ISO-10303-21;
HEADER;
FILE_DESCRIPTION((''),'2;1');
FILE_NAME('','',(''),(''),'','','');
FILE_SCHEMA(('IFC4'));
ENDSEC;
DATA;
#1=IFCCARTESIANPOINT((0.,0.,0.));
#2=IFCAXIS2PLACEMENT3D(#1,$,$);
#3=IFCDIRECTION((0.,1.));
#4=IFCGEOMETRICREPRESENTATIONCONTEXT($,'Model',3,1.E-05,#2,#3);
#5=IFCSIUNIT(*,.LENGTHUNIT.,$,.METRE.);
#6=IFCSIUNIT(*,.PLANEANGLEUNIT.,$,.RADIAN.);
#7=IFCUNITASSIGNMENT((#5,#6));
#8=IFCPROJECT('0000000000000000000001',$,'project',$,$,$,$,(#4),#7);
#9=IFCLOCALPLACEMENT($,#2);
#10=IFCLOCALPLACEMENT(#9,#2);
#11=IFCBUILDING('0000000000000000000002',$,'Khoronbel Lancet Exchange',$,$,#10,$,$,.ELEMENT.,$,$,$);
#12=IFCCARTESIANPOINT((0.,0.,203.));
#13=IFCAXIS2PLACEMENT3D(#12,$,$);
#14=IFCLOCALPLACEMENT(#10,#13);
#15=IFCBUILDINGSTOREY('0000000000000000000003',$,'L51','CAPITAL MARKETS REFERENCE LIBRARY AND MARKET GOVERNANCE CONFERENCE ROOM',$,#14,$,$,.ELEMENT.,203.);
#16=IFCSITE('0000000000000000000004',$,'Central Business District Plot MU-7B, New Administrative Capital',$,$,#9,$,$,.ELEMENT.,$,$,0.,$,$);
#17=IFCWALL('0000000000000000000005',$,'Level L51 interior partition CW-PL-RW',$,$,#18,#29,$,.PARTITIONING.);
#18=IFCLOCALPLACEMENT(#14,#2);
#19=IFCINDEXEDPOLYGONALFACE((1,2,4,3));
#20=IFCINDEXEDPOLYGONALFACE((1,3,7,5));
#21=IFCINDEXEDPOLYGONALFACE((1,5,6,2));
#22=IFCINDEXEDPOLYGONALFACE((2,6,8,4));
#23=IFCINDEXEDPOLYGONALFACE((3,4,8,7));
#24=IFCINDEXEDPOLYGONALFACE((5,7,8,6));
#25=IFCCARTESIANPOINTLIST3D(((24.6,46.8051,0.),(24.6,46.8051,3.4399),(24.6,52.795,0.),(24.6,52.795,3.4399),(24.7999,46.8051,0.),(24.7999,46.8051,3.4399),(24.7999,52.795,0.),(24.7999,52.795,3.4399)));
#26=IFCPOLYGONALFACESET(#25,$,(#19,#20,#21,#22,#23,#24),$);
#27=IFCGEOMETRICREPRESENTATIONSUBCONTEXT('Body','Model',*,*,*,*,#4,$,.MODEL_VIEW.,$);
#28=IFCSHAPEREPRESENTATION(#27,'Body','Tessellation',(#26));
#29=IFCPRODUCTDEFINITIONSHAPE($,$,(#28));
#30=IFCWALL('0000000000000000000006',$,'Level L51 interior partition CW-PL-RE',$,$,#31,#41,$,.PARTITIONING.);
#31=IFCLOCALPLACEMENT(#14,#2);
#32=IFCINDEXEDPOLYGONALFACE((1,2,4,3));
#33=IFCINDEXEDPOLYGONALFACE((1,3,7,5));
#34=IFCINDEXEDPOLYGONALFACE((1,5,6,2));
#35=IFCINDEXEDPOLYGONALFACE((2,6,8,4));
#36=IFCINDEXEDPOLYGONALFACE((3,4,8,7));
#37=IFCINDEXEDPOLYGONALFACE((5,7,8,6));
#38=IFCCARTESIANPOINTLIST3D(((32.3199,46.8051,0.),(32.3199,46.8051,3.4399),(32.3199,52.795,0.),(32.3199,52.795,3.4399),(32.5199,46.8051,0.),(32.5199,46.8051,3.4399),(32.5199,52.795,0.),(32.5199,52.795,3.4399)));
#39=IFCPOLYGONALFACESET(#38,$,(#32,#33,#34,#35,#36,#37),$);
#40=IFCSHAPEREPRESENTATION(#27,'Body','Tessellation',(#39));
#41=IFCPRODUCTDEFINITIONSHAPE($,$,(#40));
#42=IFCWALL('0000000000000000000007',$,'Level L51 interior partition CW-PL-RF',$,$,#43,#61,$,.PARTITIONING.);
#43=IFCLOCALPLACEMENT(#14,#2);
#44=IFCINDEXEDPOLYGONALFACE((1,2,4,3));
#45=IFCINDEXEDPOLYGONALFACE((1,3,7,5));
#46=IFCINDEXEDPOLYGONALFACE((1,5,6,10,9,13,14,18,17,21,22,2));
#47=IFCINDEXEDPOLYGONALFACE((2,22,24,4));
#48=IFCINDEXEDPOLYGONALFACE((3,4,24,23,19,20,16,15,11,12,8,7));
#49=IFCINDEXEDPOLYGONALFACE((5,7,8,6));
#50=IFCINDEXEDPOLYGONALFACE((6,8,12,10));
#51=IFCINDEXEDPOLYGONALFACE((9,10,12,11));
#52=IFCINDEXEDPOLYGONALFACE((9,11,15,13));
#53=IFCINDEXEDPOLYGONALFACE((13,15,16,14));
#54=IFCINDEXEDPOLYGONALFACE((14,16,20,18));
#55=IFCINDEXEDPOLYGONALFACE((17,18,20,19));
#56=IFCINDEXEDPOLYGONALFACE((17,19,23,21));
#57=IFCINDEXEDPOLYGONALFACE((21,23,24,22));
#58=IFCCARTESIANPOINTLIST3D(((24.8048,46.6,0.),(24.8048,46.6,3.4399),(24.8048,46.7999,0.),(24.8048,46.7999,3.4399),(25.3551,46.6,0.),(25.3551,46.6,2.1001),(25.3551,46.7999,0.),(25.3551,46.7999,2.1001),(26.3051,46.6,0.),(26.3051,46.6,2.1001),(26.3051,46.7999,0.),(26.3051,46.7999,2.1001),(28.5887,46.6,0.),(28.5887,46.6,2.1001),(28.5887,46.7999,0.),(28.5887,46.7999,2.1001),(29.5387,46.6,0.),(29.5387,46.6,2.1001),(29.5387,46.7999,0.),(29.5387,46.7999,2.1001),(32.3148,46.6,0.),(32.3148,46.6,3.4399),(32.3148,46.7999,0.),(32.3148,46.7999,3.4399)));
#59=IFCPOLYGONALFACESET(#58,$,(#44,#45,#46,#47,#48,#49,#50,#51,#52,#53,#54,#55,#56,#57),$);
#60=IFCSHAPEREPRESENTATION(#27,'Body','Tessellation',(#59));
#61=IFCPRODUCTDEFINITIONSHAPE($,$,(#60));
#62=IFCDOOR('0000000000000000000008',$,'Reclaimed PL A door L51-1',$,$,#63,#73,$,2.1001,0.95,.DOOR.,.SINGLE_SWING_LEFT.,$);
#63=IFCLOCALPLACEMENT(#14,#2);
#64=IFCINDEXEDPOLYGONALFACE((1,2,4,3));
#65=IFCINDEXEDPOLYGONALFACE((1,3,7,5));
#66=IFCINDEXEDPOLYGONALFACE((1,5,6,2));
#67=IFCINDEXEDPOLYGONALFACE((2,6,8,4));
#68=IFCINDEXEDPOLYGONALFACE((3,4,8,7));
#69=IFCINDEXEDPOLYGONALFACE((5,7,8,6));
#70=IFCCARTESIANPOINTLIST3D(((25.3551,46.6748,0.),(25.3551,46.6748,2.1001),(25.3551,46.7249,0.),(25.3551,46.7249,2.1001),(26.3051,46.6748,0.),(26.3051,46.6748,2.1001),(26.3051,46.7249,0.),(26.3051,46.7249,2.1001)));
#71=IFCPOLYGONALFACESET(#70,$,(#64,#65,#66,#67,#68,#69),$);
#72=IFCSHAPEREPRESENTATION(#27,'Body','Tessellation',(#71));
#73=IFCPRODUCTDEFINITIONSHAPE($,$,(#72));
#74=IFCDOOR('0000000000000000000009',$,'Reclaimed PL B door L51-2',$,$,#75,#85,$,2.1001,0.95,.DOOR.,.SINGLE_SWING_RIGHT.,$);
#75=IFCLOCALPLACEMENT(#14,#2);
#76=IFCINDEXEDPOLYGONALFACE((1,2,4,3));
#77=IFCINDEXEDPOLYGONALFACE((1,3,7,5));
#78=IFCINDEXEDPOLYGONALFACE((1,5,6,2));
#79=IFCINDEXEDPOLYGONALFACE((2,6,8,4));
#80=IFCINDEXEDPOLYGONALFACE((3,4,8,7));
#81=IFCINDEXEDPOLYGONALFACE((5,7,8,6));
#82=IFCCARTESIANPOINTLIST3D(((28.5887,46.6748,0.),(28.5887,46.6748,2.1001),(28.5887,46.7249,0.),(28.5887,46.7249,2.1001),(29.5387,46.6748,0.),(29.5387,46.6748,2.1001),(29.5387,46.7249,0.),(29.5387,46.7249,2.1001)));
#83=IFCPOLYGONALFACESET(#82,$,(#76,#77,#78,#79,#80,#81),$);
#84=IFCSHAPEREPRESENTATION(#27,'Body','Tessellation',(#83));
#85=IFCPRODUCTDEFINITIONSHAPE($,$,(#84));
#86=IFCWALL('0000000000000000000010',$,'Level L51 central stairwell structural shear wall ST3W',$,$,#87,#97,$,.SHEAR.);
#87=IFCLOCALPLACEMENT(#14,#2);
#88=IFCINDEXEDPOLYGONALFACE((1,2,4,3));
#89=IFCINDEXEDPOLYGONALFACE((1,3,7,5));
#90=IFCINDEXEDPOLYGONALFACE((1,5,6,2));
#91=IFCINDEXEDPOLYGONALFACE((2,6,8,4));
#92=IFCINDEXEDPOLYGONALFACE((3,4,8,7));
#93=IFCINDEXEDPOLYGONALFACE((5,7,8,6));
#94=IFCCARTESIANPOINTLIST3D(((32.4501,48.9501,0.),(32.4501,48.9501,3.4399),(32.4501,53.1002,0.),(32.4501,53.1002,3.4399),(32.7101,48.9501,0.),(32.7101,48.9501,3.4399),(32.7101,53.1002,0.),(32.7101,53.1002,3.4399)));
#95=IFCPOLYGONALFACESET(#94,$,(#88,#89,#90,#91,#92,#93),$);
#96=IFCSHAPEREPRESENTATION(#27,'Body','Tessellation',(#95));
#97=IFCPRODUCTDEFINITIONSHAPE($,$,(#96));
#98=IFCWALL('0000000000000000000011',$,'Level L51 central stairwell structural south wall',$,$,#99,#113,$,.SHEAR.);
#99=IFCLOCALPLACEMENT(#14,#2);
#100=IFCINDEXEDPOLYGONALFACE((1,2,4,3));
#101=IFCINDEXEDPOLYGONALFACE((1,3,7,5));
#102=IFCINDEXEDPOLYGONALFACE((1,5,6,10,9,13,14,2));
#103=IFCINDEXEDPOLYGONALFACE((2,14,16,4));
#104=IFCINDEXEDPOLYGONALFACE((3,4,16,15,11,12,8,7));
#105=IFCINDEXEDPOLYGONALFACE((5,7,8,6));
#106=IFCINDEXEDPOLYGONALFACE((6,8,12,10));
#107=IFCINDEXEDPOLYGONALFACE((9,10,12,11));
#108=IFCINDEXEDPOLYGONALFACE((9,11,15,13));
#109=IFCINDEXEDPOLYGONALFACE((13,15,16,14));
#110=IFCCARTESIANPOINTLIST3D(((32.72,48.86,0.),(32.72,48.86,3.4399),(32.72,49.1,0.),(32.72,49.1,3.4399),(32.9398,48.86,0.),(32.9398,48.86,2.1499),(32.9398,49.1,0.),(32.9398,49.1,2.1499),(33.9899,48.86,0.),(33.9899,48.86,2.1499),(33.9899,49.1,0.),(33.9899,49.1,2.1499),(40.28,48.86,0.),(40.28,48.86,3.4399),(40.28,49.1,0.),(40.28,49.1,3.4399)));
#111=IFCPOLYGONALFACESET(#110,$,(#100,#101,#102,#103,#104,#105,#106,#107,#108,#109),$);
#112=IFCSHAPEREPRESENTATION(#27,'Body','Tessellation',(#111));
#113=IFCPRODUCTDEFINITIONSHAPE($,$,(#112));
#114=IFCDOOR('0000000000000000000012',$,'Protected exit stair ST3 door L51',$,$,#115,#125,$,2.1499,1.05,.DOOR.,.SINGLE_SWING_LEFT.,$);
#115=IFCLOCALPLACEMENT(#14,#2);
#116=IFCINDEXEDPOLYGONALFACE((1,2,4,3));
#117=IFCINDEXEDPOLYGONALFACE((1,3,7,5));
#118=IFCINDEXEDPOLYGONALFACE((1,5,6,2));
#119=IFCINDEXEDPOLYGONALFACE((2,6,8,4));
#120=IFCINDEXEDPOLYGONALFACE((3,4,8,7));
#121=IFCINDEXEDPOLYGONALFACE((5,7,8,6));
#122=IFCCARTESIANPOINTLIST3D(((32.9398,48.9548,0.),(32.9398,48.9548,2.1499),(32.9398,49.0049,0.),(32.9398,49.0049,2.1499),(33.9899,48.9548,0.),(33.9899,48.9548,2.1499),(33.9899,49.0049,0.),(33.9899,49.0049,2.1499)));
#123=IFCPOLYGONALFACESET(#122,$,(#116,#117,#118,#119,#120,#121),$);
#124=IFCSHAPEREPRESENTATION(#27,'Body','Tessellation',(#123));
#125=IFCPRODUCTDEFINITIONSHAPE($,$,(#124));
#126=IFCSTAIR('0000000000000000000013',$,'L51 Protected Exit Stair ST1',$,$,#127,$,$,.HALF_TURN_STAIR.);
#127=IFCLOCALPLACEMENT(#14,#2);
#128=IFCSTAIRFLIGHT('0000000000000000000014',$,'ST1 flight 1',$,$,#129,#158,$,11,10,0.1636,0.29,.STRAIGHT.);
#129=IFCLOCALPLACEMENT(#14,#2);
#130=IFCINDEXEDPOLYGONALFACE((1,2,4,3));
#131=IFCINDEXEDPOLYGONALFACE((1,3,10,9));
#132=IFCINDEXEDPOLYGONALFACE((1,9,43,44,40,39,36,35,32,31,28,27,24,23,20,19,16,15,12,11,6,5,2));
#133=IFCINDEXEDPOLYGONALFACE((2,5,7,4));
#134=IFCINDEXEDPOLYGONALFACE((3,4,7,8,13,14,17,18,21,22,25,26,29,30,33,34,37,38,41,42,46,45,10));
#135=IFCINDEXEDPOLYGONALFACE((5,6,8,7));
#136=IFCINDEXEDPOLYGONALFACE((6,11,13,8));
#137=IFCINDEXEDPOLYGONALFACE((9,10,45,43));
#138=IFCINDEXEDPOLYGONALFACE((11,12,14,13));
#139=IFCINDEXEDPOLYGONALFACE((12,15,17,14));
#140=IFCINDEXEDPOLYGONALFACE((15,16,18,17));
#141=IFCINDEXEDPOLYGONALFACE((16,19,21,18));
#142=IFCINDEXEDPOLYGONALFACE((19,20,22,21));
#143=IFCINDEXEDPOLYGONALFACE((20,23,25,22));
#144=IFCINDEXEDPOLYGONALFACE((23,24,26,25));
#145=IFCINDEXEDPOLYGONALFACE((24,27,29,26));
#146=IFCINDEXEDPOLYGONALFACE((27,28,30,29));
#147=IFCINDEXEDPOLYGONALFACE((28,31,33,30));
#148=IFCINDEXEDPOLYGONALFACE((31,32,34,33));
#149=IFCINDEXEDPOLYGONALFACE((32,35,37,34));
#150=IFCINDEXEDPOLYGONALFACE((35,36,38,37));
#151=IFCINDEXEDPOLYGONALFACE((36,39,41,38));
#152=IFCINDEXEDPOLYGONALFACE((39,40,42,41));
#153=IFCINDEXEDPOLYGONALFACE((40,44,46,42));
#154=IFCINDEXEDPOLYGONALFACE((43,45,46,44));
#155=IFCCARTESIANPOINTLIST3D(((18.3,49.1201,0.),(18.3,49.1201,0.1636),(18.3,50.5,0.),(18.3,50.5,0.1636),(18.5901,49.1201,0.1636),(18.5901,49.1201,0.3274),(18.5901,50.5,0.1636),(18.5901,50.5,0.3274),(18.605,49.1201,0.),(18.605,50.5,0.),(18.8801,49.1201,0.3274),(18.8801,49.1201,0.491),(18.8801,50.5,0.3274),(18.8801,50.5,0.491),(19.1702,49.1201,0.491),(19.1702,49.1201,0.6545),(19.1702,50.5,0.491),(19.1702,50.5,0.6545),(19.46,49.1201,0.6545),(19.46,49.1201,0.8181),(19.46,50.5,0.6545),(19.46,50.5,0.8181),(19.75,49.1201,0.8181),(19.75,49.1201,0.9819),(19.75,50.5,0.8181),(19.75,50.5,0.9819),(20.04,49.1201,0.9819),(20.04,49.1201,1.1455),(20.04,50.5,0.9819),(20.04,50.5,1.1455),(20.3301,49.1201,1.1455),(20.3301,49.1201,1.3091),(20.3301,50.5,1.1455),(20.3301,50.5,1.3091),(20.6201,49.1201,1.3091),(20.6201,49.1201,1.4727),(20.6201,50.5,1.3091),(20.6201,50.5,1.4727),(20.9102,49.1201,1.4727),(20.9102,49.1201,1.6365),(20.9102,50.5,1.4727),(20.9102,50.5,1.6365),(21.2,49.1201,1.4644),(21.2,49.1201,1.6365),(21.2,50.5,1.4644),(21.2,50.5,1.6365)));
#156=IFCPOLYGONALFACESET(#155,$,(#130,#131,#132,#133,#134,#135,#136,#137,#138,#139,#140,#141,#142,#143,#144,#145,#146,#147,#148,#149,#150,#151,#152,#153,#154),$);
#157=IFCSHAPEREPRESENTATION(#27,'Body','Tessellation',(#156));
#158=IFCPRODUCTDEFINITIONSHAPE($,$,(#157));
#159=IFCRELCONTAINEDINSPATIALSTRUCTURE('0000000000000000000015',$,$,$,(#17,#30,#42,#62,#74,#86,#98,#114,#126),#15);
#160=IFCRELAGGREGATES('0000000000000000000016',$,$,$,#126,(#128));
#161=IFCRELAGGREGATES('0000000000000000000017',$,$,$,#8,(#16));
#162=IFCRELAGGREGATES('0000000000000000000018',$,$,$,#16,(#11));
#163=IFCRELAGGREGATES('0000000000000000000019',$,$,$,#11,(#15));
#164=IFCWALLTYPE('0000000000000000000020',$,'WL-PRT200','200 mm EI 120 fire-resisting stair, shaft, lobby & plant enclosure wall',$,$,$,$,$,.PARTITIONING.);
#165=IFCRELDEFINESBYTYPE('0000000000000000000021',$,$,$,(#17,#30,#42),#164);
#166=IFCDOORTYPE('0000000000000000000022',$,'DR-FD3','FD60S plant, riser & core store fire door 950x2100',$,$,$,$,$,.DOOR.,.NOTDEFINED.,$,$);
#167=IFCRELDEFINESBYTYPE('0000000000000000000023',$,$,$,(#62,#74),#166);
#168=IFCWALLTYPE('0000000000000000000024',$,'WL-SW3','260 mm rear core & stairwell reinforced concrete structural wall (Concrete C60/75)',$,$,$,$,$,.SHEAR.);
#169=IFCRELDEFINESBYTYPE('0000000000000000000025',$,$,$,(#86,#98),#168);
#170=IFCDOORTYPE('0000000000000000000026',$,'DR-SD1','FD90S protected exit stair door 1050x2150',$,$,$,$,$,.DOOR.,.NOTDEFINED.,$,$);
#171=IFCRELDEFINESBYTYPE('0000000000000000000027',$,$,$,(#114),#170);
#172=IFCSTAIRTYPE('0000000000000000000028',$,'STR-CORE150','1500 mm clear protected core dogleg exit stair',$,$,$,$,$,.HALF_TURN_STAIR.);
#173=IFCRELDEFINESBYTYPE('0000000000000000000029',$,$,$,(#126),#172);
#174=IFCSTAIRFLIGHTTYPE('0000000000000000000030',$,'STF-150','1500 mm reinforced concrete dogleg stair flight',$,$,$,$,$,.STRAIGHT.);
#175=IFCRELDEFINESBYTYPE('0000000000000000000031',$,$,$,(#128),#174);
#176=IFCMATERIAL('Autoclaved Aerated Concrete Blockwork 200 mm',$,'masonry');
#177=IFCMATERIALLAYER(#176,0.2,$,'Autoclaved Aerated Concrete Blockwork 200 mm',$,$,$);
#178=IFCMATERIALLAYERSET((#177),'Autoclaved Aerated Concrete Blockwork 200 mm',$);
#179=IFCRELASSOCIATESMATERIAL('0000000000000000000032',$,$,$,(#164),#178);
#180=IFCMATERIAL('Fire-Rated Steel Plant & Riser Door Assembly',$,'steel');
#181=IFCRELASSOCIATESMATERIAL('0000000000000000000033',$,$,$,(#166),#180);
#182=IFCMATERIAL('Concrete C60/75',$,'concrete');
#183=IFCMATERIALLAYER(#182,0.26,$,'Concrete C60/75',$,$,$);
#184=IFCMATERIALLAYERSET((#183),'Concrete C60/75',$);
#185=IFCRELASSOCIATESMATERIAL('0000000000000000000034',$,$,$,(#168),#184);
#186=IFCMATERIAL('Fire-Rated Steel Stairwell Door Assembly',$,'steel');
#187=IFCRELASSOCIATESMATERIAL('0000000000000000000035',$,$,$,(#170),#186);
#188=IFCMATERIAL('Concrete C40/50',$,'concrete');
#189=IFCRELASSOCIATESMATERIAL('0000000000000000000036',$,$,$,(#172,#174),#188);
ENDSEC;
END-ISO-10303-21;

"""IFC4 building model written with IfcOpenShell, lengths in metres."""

from ifc_helpers import new_model, si_unit, direction, frame, frame_2d, origin, place, context, subcontext, project, spatial, polyline, rectangle, outline, extrude, material, layer, layer_set, type_object, element, fill, aggregate, save


model = new_model("IFC4")

# Units and contexts
model_context = context("Model", 3, precision=1e-05, world=origin(), true_north=direction((0.0, 1.0)))
body_context = subcontext(model_context, "Body", "Model", "MODEL_VIEW")
ifc_project = project(units=[si_unit("LENGTHUNIT", "METRE"), si_unit("PLANEANGLEUNIT", "RADIAN")], contexts=[model_context])

# Site, building, storey
site_placement = place(None, origin())
site = spatial("IfcSite", under=ifc_project, at=site_placement, Name="Central Business District Plot MU-7B, New Administrative Capital", CompositionType="ELEMENT", RefElevation=0.0)
building_placement = place(site_placement, origin())
building = spatial("IfcBuilding", under=site, at=building_placement, Name="Khoronbel Lancet Exchange", CompositionType="ELEMENT")
storey_placement = place(building_placement, frame((0.0, 0.0, 203.0)))
storey = spatial("IfcBuildingStorey", under=building, at=storey_placement, Name="L51", Description="CAPITAL MARKETS REFERENCE LIBRARY AND MARKET GOVERNANCE CONFERENCE ROOM", CompositionType="ELEMENT", Elevation=203.0)

# Shared definitions
ifc_material_1 = material(Name="Autoclaved Aerated Concrete Blockwork 200 mm", Category="masonry")
ifc_layer_1 = layer(ifc_material_1, 0.2, Name="Autoclaved Aerated Concrete Blockwork 200 mm")
ifc_layer_set_1 = layer_set([ifc_layer_1], Name="Autoclaved Aerated Concrete Blockwork 200 mm")
wall_type_1 = type_object("IfcWallType", Name="WL-PRT200", Description="200 mm EI 120 fire-resisting stair, shaft, lobby & plant enclosure wall", PredefinedType="PARTITIONING", material=ifc_layer_set_1)

# Walls
for number, where, z_axis, x_axis, name in (
    (1, (24.7, 46.8049, 0.0), (0.0, 0.0, 1.0), (0.0, 1.0, 0.0), "Level L51 interior partition CW-PL-RW"),
    (2, (32.4199, 46.8049, 0.0), (0.0, 0.0, 1.0), (0.0, 1.0, 0.0), "Level L51 interior partition CW-PL-RE"),
):
    element("IfcWall", number, at=place(storey_placement, frame(where, z_axis=z_axis, x_axis=x_axis)), inside=storey, type_object=wall_type_1, Name=name, PredefinedType="PARTITIONING", context=body_context, shape_type="SweptSolid", body=[
        extrude(rectangle(XDim=5.99, YDim=0.2, at=frame_2d((2.9951, 0.0))), origin(), (0.0, 0.0, 1.0), 3.4399),
    ])

# Wall, openings, doors
wall_1_placement = place(storey_placement, frame((24.8049, 46.7, 0.0), z_axis=(0.0, 0.0, 1.0), x_axis=(1.0, 0.0, 0.0)))
wall_1 = element("IfcWall", 3, at=wall_1_placement, inside=storey, type_object=wall_type_1, Name="Level L51 interior partition CW-PL-RF", PredefinedType="PARTITIONING", context=body_context, shape_type="SweptSolid", body=[
    extrude(rectangle(XDim=7.51, YDim=0.2, at=frame_2d((3.7549, 0.0))), origin(), (0.0, 0.0, 1.0), 3.4399),
])
opening_1_placement = place(wall_1_placement, frame((0.55, 0.0, 0.0)))
opening_1 = element("IfcOpeningElement", 4, at=opening_1_placement, cuts=wall_1, PredefinedType="OPENING", context=body_context, shape_type="SweptSolid", body=[
    extrude(rectangle(XDim=0.95, YDim=2.1001, at=frame_2d((0.4751, 1.05))), frame((0.0, 0.1099, 0.0), z_axis=(0.0, -1.0, 0.0), x_axis=(1.0, 0.0, 0.0)), (0.0, 0.0, 1.0), 0.22),
])
opening_2_placement = place(wall_1_placement, frame((3.7837, 0.0, 0.0)))
opening_2 = element("IfcOpeningElement", 5, at=opening_2_placement, cuts=wall_1, PredefinedType="OPENING", context=body_context, shape_type="SweptSolid", body=[
    extrude(rectangle(XDim=0.95, YDim=2.1001, at=frame_2d((0.4751, 1.05))), frame((0.0, 0.1099, 0.0), z_axis=(0.0, -1.0, 0.0), x_axis=(1.0, 0.0, 0.0)), (0.0, 0.0, 1.0), 0.22),
])
ifc_material_2 = material(Name="Fire-Rated Steel Plant & Riser Door Assembly", Category="steel")
door_type_1 = type_object("IfcDoorType", Name="DR-FD3", Description="FD60S plant, riser & core store fire door 950x2100", OperationType="NOTDEFINED", PredefinedType="DOOR", material=ifc_material_2)
door_1_placement = place(opening_1_placement, origin())
door_1 = element("IfcDoor", 6, at=door_1_placement, inside=storey, type_object=door_type_1, Name="Reclaimed PL A door L51-1", OperationType="SINGLE_SWING_LEFT", OverallHeight=2.1001, OverallWidth=0.95, PredefinedType="DOOR", context=body_context, shape_type="SweptSolid", body=[
    extrude(rectangle(XDim=0.95, YDim=2.1001, at=frame_2d((0.4751, 1.05))), frame((0.0, 0.0249, 0.0), z_axis=(0.0, -1.0, 0.0), x_axis=(1.0, 0.0, 0.0)), (0.0, 0.0, 1.0), 0.05),
])
fill(opening_1, door_1)
door_2_placement = place(opening_2_placement, origin())
door_2 = element("IfcDoor", 7, at=door_2_placement, inside=storey, type_object=door_type_1, Name="Reclaimed PL B door L51-2", OperationType="SINGLE_SWING_RIGHT", OverallHeight=2.1001, OverallWidth=0.95, PredefinedType="DOOR", context=body_context, shape_type="SweptSolid", body=[
    extrude(rectangle(XDim=0.95, YDim=2.1001, at=frame_2d((0.4751, 1.05))), frame((0.0, 0.0249, 0.0), z_axis=(0.0, -1.0, 0.0), x_axis=(1.0, 0.0, 0.0)), (0.0, 0.0, 1.0), 0.05),
])
fill(opening_2, door_2)

# Wall
ifc_material_3 = material(Name="Concrete C60/75", Category="concrete")
ifc_layer_2 = layer(ifc_material_3, 0.26, Name="Concrete C60/75")
ifc_layer_set_2 = layer_set([ifc_layer_2], Name="Concrete C60/75")
wall_type_2 = type_object("IfcWallType", Name="WL-SW3", Description="260 mm rear core & stairwell reinforced concrete structural wall (Concrete C60/75)", PredefinedType="SHEAR", material=ifc_layer_set_2)
wall_2_placement = place(storey_placement, frame((32.5801, 48.95, 0.0), z_axis=(0.0, 0.0, 1.0), x_axis=(0.0, 1.0, 0.0)))
element("IfcWall", 8, at=wall_2_placement, inside=storey, type_object=wall_type_2, Name="Level L51 central stairwell structural shear wall ST3W", PredefinedType="SHEAR", context=body_context, shape_type="SweptSolid", body=[
    extrude(rectangle(XDim=4.1501, YDim=0.26, at=frame_2d((2.0752, 0.0))), origin(), (0.0, 0.0, 1.0), 3.4399),
])

# Wall, opening, door
wall_3_placement = place(storey_placement, frame((32.72, 48.98, 0.0), z_axis=(0.0, 0.0, 1.0), x_axis=(1.0, 0.0, 0.0)))
wall_3 = element("IfcWall", 9, at=wall_3_placement, inside=storey, type_object=wall_type_2, Name="Level L51 central stairwell structural south wall", PredefinedType="SHEAR", context=body_context, shape_type="SweptSolid", body=[
    extrude(rectangle(XDim=7.5601, YDim=0.24, at=frame_2d((3.78, 0.0))), origin(), (0.0, 0.0, 1.0), 3.4399),
])
opening_3_placement = place(wall_3_placement, frame((0.22, 0.0, 0.0)))
opening_3 = element("IfcOpeningElement", 10, at=opening_3_placement, cuts=wall_3, PredefinedType="OPENING", context=body_context, shape_type="SweptSolid", body=[
    extrude(rectangle(XDim=1.05, YDim=2.1499, at=frame_2d((0.5249, 1.075))), frame((0.0, 0.1299, 0.0), z_axis=(0.0, -1.0, 0.0), x_axis=(1.0, 0.0, 0.0)), (0.0, 0.0, 1.0), 0.26),
])
ifc_material_4 = material(Name="Fire-Rated Steel Stairwell Door Assembly", Category="steel")
door_type_2 = type_object("IfcDoorType", Name="DR-SD1", Description="FD90S protected exit stair door 1050x2150", OperationType="NOTDEFINED", PredefinedType="DOOR", material=ifc_material_4)
door_3_placement = place(opening_3_placement, origin())
door_3 = element("IfcDoor", 11, at=door_3_placement, inside=storey, type_object=door_type_2, Name="Protected exit stair ST3 door L51", OperationType="SINGLE_SWING_LEFT", OverallHeight=2.1499, OverallWidth=1.05, PredefinedType="DOOR", context=body_context, shape_type="SweptSolid", body=[
    extrude(rectangle(XDim=1.05, YDim=2.1499, at=frame_2d((0.5249, 1.075))), frame((0.0, 0.0249, 0.0), z_axis=(0.0, -1.0, 0.0), x_axis=(1.0, 0.0, 0.0)), (0.0, 0.0, 1.0), 0.05),
])
fill(opening_3, door_3)

# Stair, stair flight
ifc_material_5 = material(Name="Concrete C40/50", Category="concrete")
stair_type = type_object("IfcStairType", Name="STR-CORE150", Description="1500 mm clear protected core dogleg exit stair", PredefinedType="HALF_TURN_STAIR", material=ifc_material_5)
stair_placement = place(storey_placement, origin())
stair = element("IfcStair", 12, at=stair_placement, inside=storey, type_object=stair_type, Name="L51 Protected Exit Stair ST1", PredefinedType="HALF_TURN_STAIR")
stair_flight_type = type_object("IfcStairFlightType", Name="STF-150", Description="1500 mm reinforced concrete dogleg stair flight", PredefinedType="STRAIGHT", material=ifc_material_5)
stair_flight_1_placement = place(storey_placement, frame((18.3, 49.8101, 0.0), z_axis=(0.0, 0.0, 1.0), x_axis=(1.0, 0.0, 0.0)))
stair_flight_1 = element("IfcStairFlight", 13, at=stair_flight_1_placement, type_object=stair_flight_type, Name="ST1 flight 1", NumberOfRisers=11, NumberOfTreads=10, PredefinedType="STRAIGHT", RiserHeight=0.1636, TreadLength=0.29, context=body_context, shape_type="SweptSolid", body=[
    extrude(outline(polyline([(0.0, 0.0), (0.0, 0.1636), (0.29, 0.1636), (0.29, 0.3274), (0.5801, 0.3274), (0.5801, 0.491), (0.8701, 0.491), (0.8701, 0.6545), (1.1599, 0.6545), (1.1599, 0.8181), (1.45, 0.8181), (1.45, 0.9819), (1.74, 0.9819), (1.74, 1.1455), (2.03, 1.1455), (2.03, 1.3091), (2.3201, 1.3091), (2.3201, 1.4727), (2.6101, 1.4727), (2.6101, 1.6365), (2.8999, 1.6365), (2.8999, 1.8), (2.8999, 1.4644), (0.3049, 0.0), (0.0, 0.0)])), frame((0.0, 0.6899, 0.0), z_axis=(0.0, -1.0, 0.0), x_axis=(1.0, 0.0, 0.0)), (0.0, 0.0, 1.0), 1.3799),
])
aggregate(stair, [stair_flight_1])

save(model, "model.ifc")
